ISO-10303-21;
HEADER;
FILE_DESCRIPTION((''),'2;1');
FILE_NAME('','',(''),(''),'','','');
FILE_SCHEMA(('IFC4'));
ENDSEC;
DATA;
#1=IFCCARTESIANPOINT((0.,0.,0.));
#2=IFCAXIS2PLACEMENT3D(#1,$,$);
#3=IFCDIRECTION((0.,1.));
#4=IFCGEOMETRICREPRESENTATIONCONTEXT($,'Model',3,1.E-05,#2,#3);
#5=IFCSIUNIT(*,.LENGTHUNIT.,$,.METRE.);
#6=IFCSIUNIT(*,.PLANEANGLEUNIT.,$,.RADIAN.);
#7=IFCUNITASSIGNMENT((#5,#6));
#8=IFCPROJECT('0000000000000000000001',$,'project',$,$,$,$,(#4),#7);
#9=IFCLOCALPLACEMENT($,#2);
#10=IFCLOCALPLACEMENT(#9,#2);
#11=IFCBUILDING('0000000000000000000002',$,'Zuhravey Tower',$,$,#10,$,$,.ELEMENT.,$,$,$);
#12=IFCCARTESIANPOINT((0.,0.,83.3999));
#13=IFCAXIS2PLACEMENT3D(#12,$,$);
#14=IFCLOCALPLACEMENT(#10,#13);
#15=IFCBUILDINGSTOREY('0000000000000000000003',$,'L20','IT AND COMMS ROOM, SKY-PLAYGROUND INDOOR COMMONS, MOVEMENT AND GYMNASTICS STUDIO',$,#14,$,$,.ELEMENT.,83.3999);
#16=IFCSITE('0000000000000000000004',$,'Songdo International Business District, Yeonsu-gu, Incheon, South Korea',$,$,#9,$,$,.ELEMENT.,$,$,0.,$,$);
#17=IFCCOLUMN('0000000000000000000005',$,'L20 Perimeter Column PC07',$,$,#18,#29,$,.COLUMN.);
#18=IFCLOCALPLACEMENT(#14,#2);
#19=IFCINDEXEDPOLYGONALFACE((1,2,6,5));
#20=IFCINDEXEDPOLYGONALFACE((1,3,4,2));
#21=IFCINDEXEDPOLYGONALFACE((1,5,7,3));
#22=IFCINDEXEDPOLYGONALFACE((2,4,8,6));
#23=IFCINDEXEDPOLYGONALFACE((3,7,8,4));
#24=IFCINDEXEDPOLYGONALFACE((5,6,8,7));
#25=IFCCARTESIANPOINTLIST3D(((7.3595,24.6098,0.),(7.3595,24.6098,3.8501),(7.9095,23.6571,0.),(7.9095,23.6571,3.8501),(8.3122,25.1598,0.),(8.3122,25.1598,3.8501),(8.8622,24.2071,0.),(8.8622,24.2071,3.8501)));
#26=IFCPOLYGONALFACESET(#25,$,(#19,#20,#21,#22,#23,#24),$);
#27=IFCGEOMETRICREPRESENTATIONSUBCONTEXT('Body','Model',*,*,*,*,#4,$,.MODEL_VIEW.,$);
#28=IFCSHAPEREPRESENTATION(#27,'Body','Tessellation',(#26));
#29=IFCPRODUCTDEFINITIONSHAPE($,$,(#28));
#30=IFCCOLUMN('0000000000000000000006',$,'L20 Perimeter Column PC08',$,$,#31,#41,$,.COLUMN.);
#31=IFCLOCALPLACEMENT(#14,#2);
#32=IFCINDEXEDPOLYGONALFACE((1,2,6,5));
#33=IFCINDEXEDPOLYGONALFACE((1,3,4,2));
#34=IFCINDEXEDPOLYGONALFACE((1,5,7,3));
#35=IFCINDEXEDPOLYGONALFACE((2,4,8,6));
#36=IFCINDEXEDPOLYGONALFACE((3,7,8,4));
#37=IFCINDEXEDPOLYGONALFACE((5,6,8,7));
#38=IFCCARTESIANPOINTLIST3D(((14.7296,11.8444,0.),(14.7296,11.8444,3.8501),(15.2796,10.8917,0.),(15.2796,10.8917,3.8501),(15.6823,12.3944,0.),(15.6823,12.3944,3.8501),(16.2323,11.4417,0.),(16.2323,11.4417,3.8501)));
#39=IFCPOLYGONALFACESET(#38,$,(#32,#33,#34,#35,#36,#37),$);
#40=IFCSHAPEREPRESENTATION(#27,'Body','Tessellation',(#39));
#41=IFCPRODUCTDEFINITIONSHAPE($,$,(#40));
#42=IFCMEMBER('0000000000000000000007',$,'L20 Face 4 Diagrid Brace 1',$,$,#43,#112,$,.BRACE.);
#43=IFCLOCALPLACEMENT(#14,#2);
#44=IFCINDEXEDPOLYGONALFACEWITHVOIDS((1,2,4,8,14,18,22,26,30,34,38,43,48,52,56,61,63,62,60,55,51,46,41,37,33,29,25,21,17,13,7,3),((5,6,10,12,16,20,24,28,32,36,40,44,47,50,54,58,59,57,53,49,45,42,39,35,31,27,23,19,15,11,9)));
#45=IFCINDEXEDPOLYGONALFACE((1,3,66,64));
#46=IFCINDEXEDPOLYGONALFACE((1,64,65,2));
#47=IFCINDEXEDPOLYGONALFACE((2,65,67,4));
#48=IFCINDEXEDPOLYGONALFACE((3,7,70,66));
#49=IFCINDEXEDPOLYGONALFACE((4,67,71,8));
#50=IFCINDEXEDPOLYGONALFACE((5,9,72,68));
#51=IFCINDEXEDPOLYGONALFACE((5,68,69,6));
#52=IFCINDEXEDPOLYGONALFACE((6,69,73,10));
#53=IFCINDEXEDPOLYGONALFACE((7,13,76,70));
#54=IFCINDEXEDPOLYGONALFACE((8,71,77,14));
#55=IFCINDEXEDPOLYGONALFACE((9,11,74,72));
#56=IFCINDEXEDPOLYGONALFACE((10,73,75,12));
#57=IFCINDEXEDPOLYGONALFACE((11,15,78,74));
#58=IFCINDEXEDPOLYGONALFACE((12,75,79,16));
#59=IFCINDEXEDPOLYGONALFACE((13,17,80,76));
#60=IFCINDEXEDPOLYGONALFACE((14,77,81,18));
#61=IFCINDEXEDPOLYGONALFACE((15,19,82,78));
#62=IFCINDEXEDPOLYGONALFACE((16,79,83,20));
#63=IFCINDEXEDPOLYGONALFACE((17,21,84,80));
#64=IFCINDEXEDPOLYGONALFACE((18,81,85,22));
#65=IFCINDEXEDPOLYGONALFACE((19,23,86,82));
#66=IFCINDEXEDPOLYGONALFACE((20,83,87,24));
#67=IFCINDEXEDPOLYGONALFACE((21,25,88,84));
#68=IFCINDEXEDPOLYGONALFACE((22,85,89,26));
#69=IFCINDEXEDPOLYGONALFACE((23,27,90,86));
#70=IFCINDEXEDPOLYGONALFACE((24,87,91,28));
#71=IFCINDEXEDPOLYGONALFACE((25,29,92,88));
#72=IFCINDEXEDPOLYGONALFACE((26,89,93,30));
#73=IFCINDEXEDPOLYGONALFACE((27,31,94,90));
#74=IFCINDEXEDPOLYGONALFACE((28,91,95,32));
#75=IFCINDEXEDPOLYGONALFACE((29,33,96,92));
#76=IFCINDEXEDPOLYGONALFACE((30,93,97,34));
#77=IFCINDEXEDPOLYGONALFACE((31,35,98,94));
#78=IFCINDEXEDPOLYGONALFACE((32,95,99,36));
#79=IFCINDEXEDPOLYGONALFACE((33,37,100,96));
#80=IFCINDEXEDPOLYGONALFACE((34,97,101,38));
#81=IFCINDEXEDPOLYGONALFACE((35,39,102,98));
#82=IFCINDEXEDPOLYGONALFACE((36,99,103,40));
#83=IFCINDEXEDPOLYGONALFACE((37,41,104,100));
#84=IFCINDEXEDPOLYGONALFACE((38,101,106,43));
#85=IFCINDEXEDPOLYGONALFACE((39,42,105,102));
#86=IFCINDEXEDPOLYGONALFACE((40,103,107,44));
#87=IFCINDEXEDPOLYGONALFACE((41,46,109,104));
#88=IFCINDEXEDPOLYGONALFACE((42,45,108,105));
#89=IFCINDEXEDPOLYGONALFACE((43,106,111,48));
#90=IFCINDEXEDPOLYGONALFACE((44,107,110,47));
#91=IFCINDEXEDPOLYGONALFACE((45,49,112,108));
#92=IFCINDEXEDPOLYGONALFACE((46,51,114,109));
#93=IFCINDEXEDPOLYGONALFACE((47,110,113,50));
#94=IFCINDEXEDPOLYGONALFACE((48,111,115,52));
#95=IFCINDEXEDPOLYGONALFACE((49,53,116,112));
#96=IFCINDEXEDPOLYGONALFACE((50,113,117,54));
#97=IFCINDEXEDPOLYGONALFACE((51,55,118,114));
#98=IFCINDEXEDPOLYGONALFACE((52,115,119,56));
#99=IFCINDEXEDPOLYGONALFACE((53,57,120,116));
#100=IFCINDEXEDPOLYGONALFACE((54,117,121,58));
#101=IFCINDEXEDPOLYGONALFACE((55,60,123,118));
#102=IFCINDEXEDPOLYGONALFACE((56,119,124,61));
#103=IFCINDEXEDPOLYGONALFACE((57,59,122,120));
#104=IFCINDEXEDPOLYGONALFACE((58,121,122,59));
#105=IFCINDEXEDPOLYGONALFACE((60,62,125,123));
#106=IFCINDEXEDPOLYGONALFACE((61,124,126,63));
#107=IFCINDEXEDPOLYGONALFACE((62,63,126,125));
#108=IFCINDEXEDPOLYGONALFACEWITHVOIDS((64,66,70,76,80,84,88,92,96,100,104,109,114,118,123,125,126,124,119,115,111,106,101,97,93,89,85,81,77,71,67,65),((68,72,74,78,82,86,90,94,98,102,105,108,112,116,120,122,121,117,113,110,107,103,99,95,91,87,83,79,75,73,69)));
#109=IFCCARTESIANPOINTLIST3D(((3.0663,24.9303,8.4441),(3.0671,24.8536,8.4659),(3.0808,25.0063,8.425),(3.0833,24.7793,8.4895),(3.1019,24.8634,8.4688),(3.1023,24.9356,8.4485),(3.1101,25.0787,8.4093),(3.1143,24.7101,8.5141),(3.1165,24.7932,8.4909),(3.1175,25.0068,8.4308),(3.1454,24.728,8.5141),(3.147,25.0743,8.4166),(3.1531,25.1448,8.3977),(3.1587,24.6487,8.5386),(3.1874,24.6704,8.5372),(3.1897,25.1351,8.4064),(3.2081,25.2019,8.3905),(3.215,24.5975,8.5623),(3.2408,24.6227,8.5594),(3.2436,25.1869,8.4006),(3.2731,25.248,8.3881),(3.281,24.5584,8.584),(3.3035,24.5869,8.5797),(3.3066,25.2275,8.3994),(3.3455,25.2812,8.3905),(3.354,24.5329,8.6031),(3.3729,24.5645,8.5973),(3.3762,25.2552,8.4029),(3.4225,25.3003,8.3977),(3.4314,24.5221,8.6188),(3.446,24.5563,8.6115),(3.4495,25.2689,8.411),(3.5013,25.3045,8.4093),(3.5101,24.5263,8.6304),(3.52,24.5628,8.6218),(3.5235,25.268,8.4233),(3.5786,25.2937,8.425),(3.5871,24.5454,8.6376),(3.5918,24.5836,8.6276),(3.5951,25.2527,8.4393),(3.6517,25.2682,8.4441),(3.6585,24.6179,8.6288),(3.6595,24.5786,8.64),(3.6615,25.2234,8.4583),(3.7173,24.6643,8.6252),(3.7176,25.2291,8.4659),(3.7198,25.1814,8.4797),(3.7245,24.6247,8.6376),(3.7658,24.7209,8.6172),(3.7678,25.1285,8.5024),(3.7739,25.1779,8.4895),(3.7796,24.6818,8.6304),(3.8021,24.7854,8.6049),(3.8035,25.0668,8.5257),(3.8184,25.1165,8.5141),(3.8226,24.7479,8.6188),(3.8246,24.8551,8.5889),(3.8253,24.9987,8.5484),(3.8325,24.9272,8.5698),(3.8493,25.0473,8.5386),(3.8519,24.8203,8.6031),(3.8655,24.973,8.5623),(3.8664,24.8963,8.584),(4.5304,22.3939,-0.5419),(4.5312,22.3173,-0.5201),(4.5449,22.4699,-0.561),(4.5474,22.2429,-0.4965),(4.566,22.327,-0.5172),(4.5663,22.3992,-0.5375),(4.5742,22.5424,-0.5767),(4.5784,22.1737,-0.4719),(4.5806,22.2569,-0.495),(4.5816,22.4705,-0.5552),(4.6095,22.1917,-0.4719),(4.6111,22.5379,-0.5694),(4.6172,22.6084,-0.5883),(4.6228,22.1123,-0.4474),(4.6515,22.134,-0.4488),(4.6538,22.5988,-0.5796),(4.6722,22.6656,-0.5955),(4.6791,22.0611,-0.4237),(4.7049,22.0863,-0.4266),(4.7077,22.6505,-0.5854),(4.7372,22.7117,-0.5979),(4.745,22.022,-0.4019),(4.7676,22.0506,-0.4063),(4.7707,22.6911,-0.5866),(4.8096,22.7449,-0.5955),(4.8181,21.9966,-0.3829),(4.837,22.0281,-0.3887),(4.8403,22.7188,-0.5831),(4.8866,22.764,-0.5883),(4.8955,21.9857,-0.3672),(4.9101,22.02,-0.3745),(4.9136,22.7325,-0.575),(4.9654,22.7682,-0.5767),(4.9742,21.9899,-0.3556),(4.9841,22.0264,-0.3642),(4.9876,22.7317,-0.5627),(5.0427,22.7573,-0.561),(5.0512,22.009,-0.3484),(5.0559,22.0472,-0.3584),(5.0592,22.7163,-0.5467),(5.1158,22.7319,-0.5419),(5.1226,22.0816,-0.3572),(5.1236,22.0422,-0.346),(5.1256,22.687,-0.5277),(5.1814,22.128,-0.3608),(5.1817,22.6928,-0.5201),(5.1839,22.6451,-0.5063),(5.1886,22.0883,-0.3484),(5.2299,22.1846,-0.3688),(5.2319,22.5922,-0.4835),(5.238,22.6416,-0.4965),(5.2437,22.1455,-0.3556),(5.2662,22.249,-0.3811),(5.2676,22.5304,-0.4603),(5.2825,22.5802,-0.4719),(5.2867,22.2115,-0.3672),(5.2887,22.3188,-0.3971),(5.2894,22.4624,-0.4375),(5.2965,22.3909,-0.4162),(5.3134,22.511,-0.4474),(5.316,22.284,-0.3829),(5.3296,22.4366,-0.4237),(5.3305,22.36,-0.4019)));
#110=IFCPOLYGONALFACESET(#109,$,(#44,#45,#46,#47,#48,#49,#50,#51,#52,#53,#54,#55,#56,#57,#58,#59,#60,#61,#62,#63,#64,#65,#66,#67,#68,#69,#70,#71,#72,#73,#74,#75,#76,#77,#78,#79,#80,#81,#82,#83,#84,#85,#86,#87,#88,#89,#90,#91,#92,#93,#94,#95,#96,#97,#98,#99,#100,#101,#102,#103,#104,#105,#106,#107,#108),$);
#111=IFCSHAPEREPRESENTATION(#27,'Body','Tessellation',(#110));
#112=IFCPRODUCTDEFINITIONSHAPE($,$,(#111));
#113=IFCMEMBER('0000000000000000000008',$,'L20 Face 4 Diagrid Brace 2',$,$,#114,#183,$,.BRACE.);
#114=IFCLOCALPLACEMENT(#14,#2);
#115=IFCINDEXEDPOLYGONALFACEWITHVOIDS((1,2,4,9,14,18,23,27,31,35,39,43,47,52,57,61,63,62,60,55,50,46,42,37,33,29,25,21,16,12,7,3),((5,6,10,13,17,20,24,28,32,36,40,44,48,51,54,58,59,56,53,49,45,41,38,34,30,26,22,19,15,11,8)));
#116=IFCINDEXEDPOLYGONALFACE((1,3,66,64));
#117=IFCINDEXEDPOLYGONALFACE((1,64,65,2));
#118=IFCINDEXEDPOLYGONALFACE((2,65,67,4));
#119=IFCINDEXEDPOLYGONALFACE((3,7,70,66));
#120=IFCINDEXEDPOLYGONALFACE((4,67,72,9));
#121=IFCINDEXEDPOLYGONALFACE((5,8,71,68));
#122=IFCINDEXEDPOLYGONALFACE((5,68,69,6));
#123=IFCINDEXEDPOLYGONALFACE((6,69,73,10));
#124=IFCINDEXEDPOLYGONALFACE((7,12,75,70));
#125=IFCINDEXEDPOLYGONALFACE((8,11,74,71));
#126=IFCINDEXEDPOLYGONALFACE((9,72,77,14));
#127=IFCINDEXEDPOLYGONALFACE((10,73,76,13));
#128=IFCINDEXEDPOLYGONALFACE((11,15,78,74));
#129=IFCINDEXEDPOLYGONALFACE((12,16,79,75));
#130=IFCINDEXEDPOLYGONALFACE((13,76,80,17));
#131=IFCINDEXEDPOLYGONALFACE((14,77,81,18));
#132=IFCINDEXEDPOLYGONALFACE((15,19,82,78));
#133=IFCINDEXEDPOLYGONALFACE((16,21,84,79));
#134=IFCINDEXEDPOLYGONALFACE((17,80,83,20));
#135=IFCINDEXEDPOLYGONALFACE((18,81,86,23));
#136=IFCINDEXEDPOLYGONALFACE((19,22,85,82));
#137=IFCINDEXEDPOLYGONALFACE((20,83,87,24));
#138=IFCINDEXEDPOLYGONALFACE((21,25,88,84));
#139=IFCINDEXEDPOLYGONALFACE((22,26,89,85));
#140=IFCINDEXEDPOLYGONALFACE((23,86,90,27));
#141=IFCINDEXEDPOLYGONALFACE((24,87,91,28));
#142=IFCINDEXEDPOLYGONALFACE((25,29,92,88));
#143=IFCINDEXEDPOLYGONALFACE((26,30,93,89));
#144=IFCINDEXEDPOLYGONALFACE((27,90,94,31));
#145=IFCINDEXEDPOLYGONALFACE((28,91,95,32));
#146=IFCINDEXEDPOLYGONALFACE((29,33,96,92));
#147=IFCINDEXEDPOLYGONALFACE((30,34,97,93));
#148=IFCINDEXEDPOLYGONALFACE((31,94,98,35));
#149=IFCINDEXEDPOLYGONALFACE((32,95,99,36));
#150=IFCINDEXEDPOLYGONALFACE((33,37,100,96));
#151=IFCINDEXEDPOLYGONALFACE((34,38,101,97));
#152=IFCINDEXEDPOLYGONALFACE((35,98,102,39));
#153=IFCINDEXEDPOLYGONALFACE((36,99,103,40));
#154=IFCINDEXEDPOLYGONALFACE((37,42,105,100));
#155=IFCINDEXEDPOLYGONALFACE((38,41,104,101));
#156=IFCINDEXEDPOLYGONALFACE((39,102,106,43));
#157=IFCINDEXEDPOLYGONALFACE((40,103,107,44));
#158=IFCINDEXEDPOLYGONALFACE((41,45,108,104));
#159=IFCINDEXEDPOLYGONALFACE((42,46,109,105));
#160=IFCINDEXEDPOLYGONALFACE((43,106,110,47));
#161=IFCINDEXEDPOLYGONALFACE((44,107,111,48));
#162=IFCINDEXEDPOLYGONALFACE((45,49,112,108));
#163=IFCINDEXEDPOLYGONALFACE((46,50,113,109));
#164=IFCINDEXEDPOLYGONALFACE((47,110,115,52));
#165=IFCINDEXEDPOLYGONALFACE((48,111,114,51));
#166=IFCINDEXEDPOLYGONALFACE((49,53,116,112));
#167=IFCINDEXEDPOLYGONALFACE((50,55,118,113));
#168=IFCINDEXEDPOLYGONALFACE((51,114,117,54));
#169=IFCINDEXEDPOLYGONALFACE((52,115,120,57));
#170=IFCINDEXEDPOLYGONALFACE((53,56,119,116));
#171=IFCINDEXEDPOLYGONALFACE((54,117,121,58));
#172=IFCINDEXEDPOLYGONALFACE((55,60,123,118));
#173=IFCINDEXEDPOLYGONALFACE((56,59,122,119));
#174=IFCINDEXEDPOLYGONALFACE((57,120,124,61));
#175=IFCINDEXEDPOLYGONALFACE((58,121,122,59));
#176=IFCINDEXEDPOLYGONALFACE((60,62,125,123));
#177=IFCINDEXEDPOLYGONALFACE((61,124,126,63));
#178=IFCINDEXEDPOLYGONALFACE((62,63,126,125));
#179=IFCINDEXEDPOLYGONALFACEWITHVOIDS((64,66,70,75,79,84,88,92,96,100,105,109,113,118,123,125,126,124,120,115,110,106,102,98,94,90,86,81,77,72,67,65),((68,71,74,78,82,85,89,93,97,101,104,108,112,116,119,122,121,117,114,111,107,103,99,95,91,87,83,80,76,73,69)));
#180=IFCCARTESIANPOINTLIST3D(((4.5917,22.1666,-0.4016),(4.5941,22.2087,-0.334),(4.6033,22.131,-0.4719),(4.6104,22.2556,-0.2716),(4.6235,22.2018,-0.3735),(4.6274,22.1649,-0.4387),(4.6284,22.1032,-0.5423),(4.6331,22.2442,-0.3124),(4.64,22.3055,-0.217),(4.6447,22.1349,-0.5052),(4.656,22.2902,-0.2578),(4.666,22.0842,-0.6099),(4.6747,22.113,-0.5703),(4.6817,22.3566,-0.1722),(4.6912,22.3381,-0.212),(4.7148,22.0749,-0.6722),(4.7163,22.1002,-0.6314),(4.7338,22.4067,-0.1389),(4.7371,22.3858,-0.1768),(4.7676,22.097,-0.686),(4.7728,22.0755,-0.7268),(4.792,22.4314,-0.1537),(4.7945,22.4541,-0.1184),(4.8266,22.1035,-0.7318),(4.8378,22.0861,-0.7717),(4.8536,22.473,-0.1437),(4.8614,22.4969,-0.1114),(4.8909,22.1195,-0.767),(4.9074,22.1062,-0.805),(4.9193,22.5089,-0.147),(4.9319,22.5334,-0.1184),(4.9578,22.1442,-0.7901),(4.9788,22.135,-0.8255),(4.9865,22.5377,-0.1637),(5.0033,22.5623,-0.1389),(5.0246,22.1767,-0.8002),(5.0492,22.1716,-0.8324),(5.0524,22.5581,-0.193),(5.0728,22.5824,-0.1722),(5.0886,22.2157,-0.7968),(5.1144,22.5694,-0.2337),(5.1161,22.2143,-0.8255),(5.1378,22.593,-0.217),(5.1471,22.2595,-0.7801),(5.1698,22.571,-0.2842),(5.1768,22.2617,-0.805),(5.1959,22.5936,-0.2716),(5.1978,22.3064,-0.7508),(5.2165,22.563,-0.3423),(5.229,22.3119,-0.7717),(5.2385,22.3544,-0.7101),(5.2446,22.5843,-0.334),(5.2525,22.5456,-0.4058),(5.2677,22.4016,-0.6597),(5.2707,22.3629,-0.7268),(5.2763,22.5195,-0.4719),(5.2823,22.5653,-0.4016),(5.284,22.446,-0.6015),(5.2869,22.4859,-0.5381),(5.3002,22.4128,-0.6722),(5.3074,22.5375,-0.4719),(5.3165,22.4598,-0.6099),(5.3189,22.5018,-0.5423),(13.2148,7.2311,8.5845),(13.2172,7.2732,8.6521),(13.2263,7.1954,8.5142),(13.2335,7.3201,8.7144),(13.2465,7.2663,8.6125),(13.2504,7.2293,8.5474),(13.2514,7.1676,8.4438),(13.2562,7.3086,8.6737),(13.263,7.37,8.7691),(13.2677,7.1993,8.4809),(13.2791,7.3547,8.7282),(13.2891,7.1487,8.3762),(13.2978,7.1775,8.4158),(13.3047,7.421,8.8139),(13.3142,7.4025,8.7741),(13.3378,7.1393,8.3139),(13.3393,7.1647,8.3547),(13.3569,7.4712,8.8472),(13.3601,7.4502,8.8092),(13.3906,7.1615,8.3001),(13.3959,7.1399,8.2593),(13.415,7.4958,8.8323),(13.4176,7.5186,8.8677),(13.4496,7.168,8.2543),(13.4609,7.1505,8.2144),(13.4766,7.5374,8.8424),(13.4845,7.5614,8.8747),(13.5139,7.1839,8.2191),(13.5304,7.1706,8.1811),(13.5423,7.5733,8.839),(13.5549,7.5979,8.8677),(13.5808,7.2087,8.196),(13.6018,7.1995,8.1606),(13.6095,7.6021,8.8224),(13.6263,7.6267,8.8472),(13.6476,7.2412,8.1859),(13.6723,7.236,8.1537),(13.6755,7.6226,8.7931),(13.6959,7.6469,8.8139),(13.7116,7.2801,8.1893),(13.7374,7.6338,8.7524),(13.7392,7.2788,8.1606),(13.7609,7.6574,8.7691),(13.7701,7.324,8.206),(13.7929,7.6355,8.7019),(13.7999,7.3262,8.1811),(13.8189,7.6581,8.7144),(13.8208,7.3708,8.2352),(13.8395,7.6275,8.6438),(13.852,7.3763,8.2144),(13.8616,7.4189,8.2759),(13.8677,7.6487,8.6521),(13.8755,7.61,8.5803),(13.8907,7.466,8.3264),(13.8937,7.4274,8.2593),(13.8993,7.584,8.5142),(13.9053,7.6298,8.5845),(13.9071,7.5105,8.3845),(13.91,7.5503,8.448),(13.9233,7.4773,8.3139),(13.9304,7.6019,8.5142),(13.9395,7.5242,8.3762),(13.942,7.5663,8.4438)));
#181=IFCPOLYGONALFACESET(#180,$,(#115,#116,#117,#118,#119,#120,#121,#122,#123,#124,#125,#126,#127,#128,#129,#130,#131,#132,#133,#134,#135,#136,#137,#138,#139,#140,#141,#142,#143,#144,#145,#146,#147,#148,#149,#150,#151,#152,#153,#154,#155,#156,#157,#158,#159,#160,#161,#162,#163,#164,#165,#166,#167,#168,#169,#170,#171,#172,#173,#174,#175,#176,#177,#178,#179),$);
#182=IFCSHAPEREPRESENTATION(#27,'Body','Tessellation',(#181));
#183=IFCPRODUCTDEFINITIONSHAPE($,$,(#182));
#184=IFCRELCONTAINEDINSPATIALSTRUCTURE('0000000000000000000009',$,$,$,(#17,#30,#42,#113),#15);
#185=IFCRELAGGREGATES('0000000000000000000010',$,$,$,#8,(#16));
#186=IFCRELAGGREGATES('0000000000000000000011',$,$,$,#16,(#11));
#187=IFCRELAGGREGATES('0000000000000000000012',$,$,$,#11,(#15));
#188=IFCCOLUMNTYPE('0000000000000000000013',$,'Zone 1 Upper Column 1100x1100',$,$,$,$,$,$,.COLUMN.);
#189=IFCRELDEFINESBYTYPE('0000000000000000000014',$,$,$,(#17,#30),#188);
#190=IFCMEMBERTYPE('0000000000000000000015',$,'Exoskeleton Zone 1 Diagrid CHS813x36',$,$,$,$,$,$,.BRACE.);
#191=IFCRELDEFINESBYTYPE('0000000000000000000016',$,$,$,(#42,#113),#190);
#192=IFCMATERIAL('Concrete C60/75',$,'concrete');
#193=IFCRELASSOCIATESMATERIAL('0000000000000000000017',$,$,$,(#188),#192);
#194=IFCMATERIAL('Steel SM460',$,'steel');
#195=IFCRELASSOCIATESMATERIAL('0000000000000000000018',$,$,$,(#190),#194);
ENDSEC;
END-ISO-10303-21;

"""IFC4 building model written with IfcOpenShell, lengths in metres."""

from ifc_helpers import new_model, si_unit, direction, frame, origin, origin_2d, place, context, subcontext, project, spatial, rectangle, hollow_circle, extrude, material, material_profile, profile_set, type_object, element, save


model = new_model("IFC4")

# Units and contexts
model_context = context("Model", 3, precision=1e-05, world=origin(), true_north=direction((0.0, 1.0)))
body_context = subcontext(model_context, "Body", "Model", "MODEL_VIEW")
ifc_project = project(units=[si_unit("LENGTHUNIT", "METRE"), si_unit("PLANEANGLEUNIT", "RADIAN")], contexts=[model_context])

# Site, building, storey
site_placement = place(None, origin())
site = spatial("IfcSite", under=ifc_project, at=site_placement, Name="Songdo International Business District, Yeonsu-gu, Incheon, South Korea", CompositionType="ELEMENT", RefElevation=0.0)
building_placement = place(site_placement, origin())
building = spatial("IfcBuilding", under=site, at=building_placement, Name="Zuhravey Tower", CompositionType="ELEMENT")
storey_placement = place(building_placement, frame((0.0, 0.0, 83.3999)))
storey = spatial("IfcBuildingStorey", under=building, at=storey_placement, Name="L20", Description="IT AND COMMS ROOM, SKY-PLAYGROUND INDOOR COMMONS, MOVEMENT AND GYMNASTICS STUDIO", CompositionType="ELEMENT", Elevation=83.3999)

# Columns
ifc_material_1 = material(Name="Concrete C60/75", Category="concrete")
ifc_material_profile_1 = material_profile(ifc_material_1, rectangle(XDim=1.1001, YDim=1.1001, at=origin_2d()), Name="RC-1100x1100")
ifc_profile_set_1 = profile_set([ifc_material_profile_1], Name="Concrete C60/75")
column_type = type_object("IfcColumnType", Name="Zone 1 Upper Column 1100x1100", PredefinedType="COLUMN", material=ifc_profile_set_1)
for number, where, z_axis, x_axis, name in (
    (1, (8.1108, 24.4084, 0.0), (0.0, 0.0, 1.0), (0.5, -0.866025, 0.0), "L20 Perimeter Column PC07"),
    (2, (15.481, 11.6431, 0.0), (0.0, 0.0, 1.0), (0.5, -0.866025, 0.0), "L20 Perimeter Column PC08"),
):
    element("IfcColumn", number, at=place(storey_placement, frame(where, z_axis=z_axis, x_axis=x_axis)), inside=storey, type_object=column_type, Name=name, PredefinedType="COLUMN", context=body_context, shape_type="SweptSolid", body=[
        extrude(rectangle(XDim=1.1001, YDim=1.1001, at=origin_2d()), origin(), (0.0, 0.0, 1.0), 3.8501),
    ])

# Members
ifc_material_2 = material(Name="Steel SM460", Category="steel")
ifc_material_profile_2 = material_profile(ifc_material_2, hollow_circle(Radius=0.4065, WallThickness=0.0359, at=origin_2d()), Name="CHS-812.8x36")
ifc_profile_set_2 = profile_set([ifc_material_profile_2], Name="Steel SM460")
member_type_1 = type_object("IfcMemberType", Name="Exoskeleton Zone 1 Diagrid CHS813x36", PredefinedType="BRACE", material=ifc_profile_set_2)
member_1_placement = place(storey_placement, frame((4.9304, 22.377, -0.4719), z_axis=(-0.154912, 0.268364, 0.95078), x_axis=(-0.866065, -0.499932, 0.0)))
element("IfcMember", 3, at=member_1_placement, inside=storey, type_object=member_type_1, Name="L20 Face 4 Diagrid Brace 1", PredefinedType="BRACE", context=body_context, shape_type="SweptSolid", body=[
    extrude(hollow_circle(Radius=0.4065, WallThickness=0.0359, at=origin_2d()), origin(), (0.0, 0.0, 1.0), 9.4512),
])
member_2_placement = place(storey_placement, frame((4.9553, 22.3342, -0.4719), z_axis=(0.443418, -0.768022, 0.462086), x_axis=(0.866025, 0.5, 0.0)))
element("IfcMember", 4, at=member_2_placement, inside=storey, type_object=member_type_1, Name="L20 Face 4 Diagrid Brace 2", PredefinedType="BRACE", context=body_context, shape_type="SweptSolid", body=[
    extrude(hollow_circle(Radius=0.4065, WallThickness=0.0359, at=origin_2d()), origin(), (0.0, 0.0, 1.0), 19.4468),
])

save(model, "model.ifc")
